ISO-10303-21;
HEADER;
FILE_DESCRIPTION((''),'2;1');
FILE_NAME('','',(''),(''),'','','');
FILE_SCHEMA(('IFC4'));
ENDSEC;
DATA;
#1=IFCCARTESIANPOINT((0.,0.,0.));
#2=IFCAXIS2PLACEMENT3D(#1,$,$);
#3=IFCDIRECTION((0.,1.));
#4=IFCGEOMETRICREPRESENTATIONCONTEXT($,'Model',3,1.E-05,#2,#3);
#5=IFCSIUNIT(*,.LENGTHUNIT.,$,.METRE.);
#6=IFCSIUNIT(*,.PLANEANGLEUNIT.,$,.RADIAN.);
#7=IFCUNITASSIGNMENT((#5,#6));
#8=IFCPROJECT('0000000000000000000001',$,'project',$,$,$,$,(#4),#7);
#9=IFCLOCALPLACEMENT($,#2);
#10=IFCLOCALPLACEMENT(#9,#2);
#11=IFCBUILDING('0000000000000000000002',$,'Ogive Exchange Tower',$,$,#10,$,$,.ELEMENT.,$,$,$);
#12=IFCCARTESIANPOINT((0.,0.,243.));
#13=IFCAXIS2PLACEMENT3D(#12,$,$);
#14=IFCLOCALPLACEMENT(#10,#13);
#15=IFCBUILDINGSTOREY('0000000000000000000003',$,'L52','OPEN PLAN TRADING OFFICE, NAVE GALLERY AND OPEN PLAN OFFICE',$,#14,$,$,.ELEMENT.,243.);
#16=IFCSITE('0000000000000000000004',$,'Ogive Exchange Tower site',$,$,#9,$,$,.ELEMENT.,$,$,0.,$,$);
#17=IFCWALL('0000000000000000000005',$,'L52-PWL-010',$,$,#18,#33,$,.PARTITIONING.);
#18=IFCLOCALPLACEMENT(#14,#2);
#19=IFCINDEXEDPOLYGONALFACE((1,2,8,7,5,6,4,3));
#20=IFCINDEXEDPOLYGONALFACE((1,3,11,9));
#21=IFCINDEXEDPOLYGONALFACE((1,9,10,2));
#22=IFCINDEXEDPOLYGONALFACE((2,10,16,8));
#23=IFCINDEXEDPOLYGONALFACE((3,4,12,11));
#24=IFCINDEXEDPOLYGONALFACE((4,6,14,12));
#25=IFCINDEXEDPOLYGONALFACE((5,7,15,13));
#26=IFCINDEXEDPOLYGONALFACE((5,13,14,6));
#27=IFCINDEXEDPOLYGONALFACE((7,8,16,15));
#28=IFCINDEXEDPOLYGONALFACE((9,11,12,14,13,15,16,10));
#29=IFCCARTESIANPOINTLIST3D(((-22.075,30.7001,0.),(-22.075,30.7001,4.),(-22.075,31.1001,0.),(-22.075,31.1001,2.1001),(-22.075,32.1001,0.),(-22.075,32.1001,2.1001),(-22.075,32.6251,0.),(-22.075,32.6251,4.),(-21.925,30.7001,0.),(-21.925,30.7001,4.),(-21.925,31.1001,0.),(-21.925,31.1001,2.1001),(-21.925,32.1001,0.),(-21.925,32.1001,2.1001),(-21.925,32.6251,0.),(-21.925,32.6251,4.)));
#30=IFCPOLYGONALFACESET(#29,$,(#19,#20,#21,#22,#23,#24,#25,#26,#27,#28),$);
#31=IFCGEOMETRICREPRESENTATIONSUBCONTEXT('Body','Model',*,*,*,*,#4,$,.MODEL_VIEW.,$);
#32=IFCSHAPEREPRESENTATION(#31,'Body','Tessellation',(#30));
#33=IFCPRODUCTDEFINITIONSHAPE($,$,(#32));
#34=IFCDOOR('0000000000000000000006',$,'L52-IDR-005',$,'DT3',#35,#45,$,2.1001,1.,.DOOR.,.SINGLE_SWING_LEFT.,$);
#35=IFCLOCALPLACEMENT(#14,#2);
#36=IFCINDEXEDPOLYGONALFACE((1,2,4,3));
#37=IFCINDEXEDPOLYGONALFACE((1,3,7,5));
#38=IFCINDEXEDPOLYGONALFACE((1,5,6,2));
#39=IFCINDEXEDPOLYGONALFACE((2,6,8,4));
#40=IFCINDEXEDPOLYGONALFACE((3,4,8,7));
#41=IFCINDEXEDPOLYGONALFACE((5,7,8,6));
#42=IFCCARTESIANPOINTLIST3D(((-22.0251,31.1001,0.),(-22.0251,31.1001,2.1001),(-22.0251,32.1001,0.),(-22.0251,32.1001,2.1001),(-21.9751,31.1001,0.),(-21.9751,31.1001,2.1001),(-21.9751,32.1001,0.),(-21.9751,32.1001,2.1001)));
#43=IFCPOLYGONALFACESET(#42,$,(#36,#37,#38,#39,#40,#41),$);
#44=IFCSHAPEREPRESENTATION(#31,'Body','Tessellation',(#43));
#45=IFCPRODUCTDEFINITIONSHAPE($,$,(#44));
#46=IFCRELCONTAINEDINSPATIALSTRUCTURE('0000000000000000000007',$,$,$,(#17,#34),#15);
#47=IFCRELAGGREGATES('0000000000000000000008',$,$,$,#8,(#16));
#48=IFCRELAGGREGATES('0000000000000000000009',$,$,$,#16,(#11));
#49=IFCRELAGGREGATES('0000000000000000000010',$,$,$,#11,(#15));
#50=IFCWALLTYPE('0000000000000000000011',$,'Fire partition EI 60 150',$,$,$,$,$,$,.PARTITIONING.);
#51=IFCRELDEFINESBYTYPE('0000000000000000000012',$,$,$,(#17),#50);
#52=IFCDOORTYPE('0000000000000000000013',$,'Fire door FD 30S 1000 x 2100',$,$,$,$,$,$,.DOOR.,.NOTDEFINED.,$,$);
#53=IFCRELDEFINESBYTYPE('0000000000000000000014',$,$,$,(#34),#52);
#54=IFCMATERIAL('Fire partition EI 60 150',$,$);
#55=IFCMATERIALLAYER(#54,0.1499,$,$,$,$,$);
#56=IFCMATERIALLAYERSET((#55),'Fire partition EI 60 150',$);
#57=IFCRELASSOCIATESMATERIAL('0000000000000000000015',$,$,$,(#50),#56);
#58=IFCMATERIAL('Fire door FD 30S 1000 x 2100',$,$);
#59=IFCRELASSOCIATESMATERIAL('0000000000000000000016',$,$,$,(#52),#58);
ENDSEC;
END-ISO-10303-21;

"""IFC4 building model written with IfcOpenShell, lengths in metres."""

from ifc_helpers import new_model, si_unit, direction, frame, frame_2d, origin, place, context, subcontext, project, spatial, rectangle, extrude, material, layer, layer_set, type_object, element, fill, save


model = new_model("IFC4")

# Units and contexts
model_context = context("Model", 3, precision=1e-05, world=origin(), true_north=direction((0.0, 1.0)))
body_context = subcontext(model_context, "Body", "Model", "MODEL_VIEW")
ifc_project = project(units=[si_unit("LENGTHUNIT", "METRE"), si_unit("PLANEANGLEUNIT", "RADIAN")], contexts=[model_context])

# Site, building, storey
site_placement = place(None, origin())
site = spatial("IfcSite", under=ifc_project, at=site_placement, Name="Ogive Exchange Tower site", CompositionType="ELEMENT", RefElevation=0.0)
building_placement = place(site_placement, origin())
building = spatial("IfcBuilding", under=site, at=building_placement, Name="Ogive Exchange Tower", CompositionType="ELEMENT")
storey_placement = place(building_placement, frame((0.0, 0.0, 243.0)))
storey = spatial("IfcBuildingStorey", under=building, at=storey_placement, Name="L52", Description="OPEN PLAN TRADING OFFICE, NAVE GALLERY AND OPEN PLAN OFFICE", CompositionType="ELEMENT", Elevation=243.0)

# Shared definitions
ifc_material_1 = material(Name="Fire partition EI 60 150")
ifc_layer_1 = layer(ifc_material_1, 0.1499)
ifc_layer_set_1 = layer_set([ifc_layer_1], Name="Fire partition EI 60 150")
wall_type_1 = type_object("IfcWallType", Name="Fire partition EI 60 150", PredefinedType="PARTITIONING", material=ifc_layer_set_1)

# Wall, opening, door
wall_1_placement = place(storey_placement, frame((-22.0, 32.625, 0.0), z_axis=(0.0, 0.0, 1.0), x_axis=(0.0, -1.0, 0.0)))
wall_1 = element("IfcWall", 1, at=wall_1_placement, inside=storey, type_object=wall_type_1, Name="L52-PWL-010", PredefinedType="PARTITIONING", context=body_context, shape_type="SweptSolid", body=[
    extrude(rectangle(XDim=1.925, YDim=0.1499, at=frame_2d((0.9624, 0.0))), origin(), (0.0, 0.0, 1.0), 4.0),
])
opening_1_placement = place(wall_1_placement, frame((0.5249, 0.0, 0.0)))
opening_1 = element("IfcOpeningElement", 2, at=opening_1_placement, cuts=wall_1, PredefinedType="OPENING", context=body_context, shape_type="SweptSolid", body=[
    extrude(rectangle(XDim=1.0, YDim=2.1001, at=frame_2d((0.5, 1.05))), frame((0.0, 0.085, 0.0), z_axis=(0.0, -1.0, 0.0), x_axis=(1.0, 0.0, 0.0)), (0.0, 0.0, 1.0), 0.1699),
])
ifc_material_2 = material(Name="Fire door FD 30S 1000 x 2100")
door_type_1 = type_object("IfcDoorType", Name="Fire door FD 30S 1000 x 2100", OperationType="NOTDEFINED", PredefinedType="DOOR", material=ifc_material_2)
door_1_placement = place(opening_1_placement, origin())
door_1 = element("IfcDoor", 3, at=door_1_placement, inside=storey, type_object=door_type_1, Name="L52-IDR-005", ObjectType="DT3", OperationType="SINGLE_SWING_LEFT", OverallHeight=2.1001, OverallWidth=1.0, PredefinedType="DOOR", context=body_context, shape_type="SweptSolid", body=[
    extrude(rectangle(XDim=1.0, YDim=2.1001, at=frame_2d((0.5, 1.05))), frame((0.0, 0.0249, 0.0), z_axis=(0.0, -1.0, 0.0), x_axis=(1.0, 0.0, 0.0)), (0.0, 0.0, 1.0), 0.05),
])
fill(opening_1, door_1)

save(model, "model.ifc")
